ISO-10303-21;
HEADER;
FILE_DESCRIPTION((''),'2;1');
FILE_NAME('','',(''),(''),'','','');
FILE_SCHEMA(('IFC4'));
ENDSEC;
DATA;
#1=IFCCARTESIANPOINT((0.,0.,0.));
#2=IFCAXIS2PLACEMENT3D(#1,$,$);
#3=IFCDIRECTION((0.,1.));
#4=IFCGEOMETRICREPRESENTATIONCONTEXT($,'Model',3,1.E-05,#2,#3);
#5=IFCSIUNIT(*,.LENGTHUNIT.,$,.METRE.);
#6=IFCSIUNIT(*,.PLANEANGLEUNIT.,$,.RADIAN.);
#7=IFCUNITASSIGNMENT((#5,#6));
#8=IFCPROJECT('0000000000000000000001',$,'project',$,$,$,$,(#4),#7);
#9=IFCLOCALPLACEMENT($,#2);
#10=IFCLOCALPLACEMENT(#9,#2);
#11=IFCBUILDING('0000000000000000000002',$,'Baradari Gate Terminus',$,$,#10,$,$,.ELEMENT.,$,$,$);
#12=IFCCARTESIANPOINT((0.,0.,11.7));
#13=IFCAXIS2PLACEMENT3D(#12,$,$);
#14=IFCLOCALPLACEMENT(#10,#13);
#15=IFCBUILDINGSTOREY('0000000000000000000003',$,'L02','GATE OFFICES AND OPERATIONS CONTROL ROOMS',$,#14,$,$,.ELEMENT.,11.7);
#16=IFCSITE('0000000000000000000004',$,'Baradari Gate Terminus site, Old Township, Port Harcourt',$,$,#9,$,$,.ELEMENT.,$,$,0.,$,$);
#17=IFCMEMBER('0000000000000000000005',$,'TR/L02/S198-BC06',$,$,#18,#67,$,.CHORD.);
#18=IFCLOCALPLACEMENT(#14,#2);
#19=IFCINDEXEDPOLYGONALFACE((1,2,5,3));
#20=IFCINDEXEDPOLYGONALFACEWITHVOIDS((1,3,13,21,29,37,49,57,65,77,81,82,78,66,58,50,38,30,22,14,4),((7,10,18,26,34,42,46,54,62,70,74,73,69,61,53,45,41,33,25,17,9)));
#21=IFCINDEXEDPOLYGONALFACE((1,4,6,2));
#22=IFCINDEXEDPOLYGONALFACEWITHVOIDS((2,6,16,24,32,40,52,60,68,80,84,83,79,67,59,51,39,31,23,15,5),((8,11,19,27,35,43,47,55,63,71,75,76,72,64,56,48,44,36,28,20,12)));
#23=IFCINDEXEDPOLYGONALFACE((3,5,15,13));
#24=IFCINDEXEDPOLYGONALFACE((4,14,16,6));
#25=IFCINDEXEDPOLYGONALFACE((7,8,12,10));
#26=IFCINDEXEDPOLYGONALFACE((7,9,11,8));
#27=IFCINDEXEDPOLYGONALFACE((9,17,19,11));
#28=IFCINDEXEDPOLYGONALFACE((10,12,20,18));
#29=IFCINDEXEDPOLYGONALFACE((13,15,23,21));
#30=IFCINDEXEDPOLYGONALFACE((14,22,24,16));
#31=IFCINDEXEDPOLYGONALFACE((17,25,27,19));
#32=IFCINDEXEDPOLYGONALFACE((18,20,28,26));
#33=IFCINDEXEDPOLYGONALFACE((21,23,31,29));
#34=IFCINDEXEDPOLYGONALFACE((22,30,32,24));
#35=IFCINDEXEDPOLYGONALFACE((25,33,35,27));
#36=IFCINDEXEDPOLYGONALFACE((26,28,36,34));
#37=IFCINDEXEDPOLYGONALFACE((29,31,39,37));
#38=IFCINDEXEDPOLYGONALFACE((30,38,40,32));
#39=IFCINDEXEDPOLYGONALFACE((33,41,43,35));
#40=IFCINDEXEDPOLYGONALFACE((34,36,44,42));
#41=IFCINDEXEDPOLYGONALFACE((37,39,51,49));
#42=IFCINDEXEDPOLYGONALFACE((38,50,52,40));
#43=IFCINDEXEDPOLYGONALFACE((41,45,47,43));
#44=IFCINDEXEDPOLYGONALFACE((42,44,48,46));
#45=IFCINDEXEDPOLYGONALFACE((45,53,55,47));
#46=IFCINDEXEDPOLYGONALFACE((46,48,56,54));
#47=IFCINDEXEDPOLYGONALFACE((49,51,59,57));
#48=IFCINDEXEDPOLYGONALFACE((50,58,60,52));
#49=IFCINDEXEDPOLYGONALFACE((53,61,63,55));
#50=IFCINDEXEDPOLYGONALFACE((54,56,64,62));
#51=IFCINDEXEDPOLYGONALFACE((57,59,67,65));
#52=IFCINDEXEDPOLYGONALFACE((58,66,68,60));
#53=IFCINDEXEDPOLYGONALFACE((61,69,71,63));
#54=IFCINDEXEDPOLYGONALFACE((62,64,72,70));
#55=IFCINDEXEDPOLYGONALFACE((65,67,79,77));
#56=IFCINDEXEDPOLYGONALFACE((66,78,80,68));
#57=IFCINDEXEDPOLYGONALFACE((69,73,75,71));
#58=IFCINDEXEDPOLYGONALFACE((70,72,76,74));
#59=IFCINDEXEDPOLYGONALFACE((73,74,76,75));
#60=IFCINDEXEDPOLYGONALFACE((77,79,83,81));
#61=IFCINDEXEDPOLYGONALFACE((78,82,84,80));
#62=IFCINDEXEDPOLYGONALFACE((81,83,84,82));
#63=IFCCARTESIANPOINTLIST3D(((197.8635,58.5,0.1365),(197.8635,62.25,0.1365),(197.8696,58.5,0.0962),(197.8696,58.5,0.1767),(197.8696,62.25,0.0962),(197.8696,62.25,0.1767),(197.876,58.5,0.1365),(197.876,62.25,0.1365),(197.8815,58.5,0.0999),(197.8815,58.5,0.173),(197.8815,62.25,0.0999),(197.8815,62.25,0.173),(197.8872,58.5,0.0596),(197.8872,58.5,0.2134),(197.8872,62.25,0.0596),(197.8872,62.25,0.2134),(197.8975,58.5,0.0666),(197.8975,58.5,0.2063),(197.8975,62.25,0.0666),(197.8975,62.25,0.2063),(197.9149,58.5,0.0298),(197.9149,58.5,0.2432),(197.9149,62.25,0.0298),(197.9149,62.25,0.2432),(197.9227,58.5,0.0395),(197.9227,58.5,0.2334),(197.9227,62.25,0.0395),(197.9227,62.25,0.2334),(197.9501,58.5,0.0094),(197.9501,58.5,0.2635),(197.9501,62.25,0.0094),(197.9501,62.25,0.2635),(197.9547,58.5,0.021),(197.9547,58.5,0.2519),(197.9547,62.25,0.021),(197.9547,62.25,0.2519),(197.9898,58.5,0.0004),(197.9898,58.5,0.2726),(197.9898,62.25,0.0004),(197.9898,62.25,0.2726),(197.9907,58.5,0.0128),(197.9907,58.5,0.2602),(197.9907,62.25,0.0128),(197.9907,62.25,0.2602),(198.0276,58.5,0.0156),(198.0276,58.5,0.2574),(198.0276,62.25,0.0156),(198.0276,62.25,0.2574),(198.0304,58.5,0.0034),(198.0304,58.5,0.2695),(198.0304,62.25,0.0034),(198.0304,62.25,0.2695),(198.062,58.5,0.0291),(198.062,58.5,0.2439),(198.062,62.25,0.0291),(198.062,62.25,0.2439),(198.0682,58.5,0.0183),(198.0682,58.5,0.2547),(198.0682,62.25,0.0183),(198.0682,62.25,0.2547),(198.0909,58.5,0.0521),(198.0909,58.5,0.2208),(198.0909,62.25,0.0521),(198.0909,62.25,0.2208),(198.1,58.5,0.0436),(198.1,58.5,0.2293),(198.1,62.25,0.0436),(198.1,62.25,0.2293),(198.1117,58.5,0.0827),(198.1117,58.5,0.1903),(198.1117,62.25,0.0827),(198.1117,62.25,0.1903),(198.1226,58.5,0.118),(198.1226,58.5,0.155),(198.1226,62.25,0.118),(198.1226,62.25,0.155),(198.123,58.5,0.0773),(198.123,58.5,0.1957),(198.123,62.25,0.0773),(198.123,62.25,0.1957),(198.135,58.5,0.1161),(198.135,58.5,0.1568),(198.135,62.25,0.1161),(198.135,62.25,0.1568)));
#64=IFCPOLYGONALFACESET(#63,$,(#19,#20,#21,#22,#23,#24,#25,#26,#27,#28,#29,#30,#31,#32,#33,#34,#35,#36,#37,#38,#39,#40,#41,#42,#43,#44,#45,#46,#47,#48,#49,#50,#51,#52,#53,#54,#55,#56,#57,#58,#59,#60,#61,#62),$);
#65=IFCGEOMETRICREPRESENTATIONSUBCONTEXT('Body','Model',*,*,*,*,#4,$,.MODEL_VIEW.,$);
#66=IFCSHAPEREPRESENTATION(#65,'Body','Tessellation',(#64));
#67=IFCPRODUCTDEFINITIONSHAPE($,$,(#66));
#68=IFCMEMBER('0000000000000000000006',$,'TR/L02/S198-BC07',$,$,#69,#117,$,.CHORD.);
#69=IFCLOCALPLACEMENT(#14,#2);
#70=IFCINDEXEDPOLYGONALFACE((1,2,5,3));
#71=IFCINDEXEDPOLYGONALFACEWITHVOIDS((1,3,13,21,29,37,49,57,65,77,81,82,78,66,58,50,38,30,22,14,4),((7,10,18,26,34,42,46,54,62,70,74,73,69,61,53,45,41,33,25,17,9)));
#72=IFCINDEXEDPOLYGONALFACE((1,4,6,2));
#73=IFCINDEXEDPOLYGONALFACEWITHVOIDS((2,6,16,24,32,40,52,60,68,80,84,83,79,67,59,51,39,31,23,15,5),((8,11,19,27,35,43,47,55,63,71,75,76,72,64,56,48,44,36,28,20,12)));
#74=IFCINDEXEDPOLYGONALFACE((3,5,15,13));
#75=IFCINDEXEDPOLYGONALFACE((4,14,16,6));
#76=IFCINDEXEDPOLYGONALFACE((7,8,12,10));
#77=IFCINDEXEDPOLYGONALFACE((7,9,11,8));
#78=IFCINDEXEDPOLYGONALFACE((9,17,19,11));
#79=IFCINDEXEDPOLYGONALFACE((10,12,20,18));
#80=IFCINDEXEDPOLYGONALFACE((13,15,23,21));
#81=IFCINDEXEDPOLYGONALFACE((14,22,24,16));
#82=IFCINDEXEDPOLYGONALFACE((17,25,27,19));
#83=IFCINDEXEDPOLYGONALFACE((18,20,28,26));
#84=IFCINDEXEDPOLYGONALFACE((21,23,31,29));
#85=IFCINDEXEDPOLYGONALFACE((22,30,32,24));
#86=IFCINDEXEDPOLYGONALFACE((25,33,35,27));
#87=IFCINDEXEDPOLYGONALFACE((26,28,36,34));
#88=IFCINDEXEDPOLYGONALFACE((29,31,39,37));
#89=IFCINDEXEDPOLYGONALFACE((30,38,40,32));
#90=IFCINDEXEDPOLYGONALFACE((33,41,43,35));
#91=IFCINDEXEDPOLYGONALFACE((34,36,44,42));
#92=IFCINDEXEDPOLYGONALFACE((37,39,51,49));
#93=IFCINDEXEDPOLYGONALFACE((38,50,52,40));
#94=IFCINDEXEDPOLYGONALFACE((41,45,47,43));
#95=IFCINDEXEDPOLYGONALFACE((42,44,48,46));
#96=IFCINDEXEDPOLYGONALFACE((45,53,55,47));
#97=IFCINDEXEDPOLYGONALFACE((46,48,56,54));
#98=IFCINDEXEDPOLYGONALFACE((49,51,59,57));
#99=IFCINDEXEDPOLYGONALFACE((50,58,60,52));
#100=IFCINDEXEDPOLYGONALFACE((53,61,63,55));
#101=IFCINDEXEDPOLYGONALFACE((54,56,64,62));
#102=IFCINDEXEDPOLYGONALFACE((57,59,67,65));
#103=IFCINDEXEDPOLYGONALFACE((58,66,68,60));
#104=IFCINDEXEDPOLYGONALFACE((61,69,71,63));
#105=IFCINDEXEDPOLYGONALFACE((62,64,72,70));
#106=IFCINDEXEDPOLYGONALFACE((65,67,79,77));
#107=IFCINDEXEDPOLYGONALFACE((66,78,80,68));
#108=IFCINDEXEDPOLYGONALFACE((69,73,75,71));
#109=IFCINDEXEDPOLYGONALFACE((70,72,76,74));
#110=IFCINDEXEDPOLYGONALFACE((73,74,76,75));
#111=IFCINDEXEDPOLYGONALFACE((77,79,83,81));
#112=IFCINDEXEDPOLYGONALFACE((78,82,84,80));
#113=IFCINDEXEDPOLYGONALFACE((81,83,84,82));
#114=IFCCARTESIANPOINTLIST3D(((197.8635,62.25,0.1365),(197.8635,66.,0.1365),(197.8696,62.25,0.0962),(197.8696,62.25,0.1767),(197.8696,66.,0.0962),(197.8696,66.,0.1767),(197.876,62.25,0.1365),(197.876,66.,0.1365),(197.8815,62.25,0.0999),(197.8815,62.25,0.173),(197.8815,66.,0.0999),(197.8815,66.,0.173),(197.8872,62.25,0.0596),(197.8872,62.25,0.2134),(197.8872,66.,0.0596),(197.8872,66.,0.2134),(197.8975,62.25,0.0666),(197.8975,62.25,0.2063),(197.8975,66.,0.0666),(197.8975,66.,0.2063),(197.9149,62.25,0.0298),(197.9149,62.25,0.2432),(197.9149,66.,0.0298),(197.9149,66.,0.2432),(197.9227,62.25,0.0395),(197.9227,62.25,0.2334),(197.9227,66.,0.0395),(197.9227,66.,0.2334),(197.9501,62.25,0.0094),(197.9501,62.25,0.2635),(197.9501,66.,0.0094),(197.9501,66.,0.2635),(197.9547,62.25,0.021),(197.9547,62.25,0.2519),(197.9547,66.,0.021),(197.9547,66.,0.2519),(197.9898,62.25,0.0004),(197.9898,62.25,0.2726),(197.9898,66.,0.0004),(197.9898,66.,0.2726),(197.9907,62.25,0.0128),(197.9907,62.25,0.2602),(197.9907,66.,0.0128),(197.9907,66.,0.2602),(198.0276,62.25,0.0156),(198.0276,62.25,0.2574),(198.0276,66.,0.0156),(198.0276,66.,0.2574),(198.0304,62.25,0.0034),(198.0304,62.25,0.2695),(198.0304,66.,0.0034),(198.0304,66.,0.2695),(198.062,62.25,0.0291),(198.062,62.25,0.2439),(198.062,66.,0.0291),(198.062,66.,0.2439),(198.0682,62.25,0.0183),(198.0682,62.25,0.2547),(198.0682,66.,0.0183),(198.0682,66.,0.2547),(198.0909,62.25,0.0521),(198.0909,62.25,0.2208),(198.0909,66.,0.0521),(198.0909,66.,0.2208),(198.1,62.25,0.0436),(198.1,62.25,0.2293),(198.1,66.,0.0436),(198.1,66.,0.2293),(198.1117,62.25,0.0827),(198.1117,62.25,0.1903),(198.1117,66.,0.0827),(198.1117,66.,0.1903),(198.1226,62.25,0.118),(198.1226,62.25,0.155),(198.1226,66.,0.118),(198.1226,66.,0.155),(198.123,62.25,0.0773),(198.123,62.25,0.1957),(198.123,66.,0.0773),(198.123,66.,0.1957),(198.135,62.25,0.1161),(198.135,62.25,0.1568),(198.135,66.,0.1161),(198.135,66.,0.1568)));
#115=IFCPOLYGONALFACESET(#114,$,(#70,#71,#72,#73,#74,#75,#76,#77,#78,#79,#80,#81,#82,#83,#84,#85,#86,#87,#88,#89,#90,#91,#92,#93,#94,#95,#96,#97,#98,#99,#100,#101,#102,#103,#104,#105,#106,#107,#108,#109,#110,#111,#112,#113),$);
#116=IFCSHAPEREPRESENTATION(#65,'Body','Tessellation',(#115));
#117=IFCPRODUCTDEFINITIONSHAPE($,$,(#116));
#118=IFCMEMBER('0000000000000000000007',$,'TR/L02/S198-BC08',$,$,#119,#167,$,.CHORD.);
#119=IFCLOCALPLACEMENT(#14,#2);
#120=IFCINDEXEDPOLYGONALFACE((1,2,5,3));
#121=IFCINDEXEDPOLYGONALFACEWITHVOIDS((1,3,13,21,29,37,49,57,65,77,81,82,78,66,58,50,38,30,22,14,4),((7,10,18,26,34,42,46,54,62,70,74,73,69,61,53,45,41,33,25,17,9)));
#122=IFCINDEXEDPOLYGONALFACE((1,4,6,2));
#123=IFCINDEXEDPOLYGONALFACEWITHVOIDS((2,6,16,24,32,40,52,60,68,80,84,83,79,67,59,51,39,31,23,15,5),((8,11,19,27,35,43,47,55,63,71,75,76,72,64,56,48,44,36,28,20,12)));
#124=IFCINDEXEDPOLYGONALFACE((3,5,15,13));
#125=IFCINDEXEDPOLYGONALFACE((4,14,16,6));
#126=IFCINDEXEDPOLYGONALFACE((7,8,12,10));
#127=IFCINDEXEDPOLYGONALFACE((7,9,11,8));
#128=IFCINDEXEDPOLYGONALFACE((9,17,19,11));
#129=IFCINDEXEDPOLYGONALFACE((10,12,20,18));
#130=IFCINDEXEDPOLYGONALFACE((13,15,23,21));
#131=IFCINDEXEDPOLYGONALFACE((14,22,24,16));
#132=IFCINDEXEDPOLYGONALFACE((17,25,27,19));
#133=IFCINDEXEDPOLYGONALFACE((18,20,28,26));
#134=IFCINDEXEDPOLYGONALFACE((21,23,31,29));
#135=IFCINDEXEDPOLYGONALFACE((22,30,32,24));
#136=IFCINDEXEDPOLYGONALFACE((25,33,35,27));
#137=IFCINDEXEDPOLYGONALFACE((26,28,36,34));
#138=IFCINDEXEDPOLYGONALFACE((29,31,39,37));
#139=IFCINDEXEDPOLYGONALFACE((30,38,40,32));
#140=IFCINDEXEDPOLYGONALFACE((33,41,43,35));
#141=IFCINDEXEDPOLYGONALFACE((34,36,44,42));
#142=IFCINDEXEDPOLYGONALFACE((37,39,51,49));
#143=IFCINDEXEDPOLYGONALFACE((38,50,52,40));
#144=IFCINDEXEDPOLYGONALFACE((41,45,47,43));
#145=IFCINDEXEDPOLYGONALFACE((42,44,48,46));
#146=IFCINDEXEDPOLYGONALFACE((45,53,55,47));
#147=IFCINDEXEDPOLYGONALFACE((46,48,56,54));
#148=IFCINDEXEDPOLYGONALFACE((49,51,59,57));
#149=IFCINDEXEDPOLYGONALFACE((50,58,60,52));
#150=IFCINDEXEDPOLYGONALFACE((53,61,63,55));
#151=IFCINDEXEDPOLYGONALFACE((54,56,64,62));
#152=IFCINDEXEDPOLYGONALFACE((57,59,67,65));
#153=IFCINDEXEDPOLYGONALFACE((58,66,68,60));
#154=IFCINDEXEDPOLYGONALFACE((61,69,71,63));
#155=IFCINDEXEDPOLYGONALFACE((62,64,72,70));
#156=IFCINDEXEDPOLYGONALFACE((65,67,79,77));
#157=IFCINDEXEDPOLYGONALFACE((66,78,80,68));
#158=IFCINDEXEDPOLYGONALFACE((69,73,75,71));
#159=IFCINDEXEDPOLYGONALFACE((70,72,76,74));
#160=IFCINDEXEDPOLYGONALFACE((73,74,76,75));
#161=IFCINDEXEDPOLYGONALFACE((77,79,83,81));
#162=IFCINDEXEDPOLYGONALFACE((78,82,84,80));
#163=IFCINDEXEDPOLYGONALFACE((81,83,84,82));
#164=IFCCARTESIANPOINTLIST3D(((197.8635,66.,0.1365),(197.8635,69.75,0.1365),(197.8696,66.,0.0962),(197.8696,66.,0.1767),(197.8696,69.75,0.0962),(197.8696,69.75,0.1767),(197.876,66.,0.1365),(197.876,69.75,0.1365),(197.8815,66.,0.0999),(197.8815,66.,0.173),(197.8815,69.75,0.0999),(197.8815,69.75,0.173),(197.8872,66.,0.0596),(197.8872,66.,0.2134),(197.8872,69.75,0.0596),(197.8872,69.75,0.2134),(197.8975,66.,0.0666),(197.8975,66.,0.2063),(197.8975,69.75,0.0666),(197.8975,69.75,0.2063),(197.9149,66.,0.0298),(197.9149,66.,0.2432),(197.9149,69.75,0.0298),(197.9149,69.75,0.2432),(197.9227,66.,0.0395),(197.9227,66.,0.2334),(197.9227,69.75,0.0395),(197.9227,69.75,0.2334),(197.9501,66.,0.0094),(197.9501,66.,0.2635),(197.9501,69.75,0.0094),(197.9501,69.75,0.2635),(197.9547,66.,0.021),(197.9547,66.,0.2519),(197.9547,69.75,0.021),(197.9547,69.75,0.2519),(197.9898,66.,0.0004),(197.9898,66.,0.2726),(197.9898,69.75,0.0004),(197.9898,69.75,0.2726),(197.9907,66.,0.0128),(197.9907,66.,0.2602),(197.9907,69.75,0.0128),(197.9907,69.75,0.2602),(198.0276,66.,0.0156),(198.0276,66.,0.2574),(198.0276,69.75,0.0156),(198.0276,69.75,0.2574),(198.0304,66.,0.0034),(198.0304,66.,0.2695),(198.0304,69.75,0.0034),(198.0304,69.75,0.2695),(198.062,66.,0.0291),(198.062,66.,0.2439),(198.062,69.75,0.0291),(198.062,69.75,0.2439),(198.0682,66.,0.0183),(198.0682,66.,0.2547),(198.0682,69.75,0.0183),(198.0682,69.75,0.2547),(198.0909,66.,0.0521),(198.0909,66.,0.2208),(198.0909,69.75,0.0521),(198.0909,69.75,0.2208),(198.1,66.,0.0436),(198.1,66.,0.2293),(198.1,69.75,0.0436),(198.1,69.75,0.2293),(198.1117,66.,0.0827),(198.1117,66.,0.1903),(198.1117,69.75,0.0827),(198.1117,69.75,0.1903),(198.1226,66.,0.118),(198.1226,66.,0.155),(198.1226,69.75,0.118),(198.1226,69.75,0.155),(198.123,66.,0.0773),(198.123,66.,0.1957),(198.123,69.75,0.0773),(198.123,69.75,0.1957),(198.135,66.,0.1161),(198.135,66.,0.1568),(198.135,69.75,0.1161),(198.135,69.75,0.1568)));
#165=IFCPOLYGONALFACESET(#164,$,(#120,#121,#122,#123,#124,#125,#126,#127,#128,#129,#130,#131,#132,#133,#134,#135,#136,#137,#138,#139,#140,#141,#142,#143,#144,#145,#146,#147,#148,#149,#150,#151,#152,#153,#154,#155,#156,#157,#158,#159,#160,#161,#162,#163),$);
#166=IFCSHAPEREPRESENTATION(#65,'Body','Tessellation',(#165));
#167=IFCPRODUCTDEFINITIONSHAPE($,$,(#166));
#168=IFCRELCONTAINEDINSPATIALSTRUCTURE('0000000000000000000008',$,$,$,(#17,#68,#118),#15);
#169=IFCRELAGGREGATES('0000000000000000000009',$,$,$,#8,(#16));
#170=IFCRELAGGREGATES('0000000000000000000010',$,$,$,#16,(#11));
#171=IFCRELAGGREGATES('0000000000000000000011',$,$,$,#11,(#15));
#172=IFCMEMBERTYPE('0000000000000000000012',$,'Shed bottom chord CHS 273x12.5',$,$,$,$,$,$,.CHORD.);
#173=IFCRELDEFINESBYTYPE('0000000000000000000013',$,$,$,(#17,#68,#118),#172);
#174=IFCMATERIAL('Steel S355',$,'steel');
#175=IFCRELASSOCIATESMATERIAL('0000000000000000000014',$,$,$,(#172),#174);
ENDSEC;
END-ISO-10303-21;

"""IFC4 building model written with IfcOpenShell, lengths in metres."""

from ifc_helpers import new_model, si_unit, direction, frame, origin, origin_2d, place, context, subcontext, project, spatial, hollow_circle, extrude, material, material_profile, profile_set, type_object, element, save


model = new_model("IFC4")

# Units and contexts
model_context = context("Model", 3, precision=1e-05, world=origin(), true_north=direction((0.0, 1.0)))
body_context = subcontext(model_context, "Body", "Model", "MODEL_VIEW")
ifc_project = project(units=[si_unit("LENGTHUNIT", "METRE"), si_unit("PLANEANGLEUNIT", "RADIAN")], contexts=[model_context])

# Site, building, storey
site_placement = place(None, origin())
site = spatial("IfcSite", under=ifc_project, at=site_placement, Name="Baradari Gate Terminus site, Old Township, Port Harcourt", CompositionType="ELEMENT", RefElevation=0.0)
building_placement = place(site_placement, origin())
building = spatial("IfcBuilding", under=site, at=building_placement, Name="Baradari Gate Terminus", CompositionType="ELEMENT")
storey_placement = place(building_placement, frame((0.0, 0.0, 11.7)))
storey = spatial("IfcBuildingStorey", under=building, at=storey_placement, Name="L02", Description="GATE OFFICES AND OPERATIONS CONTROL ROOMS", CompositionType="ELEMENT", Elevation=11.7)

# Members
ifc_material_1 = material(Name="Steel S355", Category="steel")
ifc_material_profile_1 = material_profile(ifc_material_1, hollow_circle(Radius=0.1365, WallThickness=0.0125, at=origin_2d()), Name="CHS 273x12.5")
ifc_profile_set_1 = profile_set([ifc_material_profile_1], Name="Steel S355")
member_type_1 = type_object("IfcMemberType", Name="Shed bottom chord CHS 273x12.5", PredefinedType="CHORD", material=ifc_profile_set_1)
for number, where, z_axis, x_axis, name in (
    (1, (198.0, 58.5, 0.1365), (0.0, 1.0, 0.0), (-1.0, 0.0, 0.0), "TR/L02/S198-BC06"),
    (2, (198.0, 62.25, 0.1365), (0.0, 1.0, 0.0), (-1.0, 0.0, 0.0), "TR/L02/S198-BC07"),
    (3, (198.0, 66.0, 0.1365), (0.0, 1.0, 0.0), (-1.0, 0.0, 0.0), "TR/L02/S198-BC08"),
):
    element("IfcMember", number, at=place(storey_placement, frame(where, z_axis=z_axis, x_axis=x_axis)), inside=storey, type_object=member_type_1, Name=name, PredefinedType="CHORD", context=body_context, shape_type="SweptSolid", body=[
        extrude(hollow_circle(Radius=0.1365, WallThickness=0.0125, at=origin_2d()), origin(), (0.0, 0.0, 1.0), 3.75),
    ])

save(model, "model.ifc")
